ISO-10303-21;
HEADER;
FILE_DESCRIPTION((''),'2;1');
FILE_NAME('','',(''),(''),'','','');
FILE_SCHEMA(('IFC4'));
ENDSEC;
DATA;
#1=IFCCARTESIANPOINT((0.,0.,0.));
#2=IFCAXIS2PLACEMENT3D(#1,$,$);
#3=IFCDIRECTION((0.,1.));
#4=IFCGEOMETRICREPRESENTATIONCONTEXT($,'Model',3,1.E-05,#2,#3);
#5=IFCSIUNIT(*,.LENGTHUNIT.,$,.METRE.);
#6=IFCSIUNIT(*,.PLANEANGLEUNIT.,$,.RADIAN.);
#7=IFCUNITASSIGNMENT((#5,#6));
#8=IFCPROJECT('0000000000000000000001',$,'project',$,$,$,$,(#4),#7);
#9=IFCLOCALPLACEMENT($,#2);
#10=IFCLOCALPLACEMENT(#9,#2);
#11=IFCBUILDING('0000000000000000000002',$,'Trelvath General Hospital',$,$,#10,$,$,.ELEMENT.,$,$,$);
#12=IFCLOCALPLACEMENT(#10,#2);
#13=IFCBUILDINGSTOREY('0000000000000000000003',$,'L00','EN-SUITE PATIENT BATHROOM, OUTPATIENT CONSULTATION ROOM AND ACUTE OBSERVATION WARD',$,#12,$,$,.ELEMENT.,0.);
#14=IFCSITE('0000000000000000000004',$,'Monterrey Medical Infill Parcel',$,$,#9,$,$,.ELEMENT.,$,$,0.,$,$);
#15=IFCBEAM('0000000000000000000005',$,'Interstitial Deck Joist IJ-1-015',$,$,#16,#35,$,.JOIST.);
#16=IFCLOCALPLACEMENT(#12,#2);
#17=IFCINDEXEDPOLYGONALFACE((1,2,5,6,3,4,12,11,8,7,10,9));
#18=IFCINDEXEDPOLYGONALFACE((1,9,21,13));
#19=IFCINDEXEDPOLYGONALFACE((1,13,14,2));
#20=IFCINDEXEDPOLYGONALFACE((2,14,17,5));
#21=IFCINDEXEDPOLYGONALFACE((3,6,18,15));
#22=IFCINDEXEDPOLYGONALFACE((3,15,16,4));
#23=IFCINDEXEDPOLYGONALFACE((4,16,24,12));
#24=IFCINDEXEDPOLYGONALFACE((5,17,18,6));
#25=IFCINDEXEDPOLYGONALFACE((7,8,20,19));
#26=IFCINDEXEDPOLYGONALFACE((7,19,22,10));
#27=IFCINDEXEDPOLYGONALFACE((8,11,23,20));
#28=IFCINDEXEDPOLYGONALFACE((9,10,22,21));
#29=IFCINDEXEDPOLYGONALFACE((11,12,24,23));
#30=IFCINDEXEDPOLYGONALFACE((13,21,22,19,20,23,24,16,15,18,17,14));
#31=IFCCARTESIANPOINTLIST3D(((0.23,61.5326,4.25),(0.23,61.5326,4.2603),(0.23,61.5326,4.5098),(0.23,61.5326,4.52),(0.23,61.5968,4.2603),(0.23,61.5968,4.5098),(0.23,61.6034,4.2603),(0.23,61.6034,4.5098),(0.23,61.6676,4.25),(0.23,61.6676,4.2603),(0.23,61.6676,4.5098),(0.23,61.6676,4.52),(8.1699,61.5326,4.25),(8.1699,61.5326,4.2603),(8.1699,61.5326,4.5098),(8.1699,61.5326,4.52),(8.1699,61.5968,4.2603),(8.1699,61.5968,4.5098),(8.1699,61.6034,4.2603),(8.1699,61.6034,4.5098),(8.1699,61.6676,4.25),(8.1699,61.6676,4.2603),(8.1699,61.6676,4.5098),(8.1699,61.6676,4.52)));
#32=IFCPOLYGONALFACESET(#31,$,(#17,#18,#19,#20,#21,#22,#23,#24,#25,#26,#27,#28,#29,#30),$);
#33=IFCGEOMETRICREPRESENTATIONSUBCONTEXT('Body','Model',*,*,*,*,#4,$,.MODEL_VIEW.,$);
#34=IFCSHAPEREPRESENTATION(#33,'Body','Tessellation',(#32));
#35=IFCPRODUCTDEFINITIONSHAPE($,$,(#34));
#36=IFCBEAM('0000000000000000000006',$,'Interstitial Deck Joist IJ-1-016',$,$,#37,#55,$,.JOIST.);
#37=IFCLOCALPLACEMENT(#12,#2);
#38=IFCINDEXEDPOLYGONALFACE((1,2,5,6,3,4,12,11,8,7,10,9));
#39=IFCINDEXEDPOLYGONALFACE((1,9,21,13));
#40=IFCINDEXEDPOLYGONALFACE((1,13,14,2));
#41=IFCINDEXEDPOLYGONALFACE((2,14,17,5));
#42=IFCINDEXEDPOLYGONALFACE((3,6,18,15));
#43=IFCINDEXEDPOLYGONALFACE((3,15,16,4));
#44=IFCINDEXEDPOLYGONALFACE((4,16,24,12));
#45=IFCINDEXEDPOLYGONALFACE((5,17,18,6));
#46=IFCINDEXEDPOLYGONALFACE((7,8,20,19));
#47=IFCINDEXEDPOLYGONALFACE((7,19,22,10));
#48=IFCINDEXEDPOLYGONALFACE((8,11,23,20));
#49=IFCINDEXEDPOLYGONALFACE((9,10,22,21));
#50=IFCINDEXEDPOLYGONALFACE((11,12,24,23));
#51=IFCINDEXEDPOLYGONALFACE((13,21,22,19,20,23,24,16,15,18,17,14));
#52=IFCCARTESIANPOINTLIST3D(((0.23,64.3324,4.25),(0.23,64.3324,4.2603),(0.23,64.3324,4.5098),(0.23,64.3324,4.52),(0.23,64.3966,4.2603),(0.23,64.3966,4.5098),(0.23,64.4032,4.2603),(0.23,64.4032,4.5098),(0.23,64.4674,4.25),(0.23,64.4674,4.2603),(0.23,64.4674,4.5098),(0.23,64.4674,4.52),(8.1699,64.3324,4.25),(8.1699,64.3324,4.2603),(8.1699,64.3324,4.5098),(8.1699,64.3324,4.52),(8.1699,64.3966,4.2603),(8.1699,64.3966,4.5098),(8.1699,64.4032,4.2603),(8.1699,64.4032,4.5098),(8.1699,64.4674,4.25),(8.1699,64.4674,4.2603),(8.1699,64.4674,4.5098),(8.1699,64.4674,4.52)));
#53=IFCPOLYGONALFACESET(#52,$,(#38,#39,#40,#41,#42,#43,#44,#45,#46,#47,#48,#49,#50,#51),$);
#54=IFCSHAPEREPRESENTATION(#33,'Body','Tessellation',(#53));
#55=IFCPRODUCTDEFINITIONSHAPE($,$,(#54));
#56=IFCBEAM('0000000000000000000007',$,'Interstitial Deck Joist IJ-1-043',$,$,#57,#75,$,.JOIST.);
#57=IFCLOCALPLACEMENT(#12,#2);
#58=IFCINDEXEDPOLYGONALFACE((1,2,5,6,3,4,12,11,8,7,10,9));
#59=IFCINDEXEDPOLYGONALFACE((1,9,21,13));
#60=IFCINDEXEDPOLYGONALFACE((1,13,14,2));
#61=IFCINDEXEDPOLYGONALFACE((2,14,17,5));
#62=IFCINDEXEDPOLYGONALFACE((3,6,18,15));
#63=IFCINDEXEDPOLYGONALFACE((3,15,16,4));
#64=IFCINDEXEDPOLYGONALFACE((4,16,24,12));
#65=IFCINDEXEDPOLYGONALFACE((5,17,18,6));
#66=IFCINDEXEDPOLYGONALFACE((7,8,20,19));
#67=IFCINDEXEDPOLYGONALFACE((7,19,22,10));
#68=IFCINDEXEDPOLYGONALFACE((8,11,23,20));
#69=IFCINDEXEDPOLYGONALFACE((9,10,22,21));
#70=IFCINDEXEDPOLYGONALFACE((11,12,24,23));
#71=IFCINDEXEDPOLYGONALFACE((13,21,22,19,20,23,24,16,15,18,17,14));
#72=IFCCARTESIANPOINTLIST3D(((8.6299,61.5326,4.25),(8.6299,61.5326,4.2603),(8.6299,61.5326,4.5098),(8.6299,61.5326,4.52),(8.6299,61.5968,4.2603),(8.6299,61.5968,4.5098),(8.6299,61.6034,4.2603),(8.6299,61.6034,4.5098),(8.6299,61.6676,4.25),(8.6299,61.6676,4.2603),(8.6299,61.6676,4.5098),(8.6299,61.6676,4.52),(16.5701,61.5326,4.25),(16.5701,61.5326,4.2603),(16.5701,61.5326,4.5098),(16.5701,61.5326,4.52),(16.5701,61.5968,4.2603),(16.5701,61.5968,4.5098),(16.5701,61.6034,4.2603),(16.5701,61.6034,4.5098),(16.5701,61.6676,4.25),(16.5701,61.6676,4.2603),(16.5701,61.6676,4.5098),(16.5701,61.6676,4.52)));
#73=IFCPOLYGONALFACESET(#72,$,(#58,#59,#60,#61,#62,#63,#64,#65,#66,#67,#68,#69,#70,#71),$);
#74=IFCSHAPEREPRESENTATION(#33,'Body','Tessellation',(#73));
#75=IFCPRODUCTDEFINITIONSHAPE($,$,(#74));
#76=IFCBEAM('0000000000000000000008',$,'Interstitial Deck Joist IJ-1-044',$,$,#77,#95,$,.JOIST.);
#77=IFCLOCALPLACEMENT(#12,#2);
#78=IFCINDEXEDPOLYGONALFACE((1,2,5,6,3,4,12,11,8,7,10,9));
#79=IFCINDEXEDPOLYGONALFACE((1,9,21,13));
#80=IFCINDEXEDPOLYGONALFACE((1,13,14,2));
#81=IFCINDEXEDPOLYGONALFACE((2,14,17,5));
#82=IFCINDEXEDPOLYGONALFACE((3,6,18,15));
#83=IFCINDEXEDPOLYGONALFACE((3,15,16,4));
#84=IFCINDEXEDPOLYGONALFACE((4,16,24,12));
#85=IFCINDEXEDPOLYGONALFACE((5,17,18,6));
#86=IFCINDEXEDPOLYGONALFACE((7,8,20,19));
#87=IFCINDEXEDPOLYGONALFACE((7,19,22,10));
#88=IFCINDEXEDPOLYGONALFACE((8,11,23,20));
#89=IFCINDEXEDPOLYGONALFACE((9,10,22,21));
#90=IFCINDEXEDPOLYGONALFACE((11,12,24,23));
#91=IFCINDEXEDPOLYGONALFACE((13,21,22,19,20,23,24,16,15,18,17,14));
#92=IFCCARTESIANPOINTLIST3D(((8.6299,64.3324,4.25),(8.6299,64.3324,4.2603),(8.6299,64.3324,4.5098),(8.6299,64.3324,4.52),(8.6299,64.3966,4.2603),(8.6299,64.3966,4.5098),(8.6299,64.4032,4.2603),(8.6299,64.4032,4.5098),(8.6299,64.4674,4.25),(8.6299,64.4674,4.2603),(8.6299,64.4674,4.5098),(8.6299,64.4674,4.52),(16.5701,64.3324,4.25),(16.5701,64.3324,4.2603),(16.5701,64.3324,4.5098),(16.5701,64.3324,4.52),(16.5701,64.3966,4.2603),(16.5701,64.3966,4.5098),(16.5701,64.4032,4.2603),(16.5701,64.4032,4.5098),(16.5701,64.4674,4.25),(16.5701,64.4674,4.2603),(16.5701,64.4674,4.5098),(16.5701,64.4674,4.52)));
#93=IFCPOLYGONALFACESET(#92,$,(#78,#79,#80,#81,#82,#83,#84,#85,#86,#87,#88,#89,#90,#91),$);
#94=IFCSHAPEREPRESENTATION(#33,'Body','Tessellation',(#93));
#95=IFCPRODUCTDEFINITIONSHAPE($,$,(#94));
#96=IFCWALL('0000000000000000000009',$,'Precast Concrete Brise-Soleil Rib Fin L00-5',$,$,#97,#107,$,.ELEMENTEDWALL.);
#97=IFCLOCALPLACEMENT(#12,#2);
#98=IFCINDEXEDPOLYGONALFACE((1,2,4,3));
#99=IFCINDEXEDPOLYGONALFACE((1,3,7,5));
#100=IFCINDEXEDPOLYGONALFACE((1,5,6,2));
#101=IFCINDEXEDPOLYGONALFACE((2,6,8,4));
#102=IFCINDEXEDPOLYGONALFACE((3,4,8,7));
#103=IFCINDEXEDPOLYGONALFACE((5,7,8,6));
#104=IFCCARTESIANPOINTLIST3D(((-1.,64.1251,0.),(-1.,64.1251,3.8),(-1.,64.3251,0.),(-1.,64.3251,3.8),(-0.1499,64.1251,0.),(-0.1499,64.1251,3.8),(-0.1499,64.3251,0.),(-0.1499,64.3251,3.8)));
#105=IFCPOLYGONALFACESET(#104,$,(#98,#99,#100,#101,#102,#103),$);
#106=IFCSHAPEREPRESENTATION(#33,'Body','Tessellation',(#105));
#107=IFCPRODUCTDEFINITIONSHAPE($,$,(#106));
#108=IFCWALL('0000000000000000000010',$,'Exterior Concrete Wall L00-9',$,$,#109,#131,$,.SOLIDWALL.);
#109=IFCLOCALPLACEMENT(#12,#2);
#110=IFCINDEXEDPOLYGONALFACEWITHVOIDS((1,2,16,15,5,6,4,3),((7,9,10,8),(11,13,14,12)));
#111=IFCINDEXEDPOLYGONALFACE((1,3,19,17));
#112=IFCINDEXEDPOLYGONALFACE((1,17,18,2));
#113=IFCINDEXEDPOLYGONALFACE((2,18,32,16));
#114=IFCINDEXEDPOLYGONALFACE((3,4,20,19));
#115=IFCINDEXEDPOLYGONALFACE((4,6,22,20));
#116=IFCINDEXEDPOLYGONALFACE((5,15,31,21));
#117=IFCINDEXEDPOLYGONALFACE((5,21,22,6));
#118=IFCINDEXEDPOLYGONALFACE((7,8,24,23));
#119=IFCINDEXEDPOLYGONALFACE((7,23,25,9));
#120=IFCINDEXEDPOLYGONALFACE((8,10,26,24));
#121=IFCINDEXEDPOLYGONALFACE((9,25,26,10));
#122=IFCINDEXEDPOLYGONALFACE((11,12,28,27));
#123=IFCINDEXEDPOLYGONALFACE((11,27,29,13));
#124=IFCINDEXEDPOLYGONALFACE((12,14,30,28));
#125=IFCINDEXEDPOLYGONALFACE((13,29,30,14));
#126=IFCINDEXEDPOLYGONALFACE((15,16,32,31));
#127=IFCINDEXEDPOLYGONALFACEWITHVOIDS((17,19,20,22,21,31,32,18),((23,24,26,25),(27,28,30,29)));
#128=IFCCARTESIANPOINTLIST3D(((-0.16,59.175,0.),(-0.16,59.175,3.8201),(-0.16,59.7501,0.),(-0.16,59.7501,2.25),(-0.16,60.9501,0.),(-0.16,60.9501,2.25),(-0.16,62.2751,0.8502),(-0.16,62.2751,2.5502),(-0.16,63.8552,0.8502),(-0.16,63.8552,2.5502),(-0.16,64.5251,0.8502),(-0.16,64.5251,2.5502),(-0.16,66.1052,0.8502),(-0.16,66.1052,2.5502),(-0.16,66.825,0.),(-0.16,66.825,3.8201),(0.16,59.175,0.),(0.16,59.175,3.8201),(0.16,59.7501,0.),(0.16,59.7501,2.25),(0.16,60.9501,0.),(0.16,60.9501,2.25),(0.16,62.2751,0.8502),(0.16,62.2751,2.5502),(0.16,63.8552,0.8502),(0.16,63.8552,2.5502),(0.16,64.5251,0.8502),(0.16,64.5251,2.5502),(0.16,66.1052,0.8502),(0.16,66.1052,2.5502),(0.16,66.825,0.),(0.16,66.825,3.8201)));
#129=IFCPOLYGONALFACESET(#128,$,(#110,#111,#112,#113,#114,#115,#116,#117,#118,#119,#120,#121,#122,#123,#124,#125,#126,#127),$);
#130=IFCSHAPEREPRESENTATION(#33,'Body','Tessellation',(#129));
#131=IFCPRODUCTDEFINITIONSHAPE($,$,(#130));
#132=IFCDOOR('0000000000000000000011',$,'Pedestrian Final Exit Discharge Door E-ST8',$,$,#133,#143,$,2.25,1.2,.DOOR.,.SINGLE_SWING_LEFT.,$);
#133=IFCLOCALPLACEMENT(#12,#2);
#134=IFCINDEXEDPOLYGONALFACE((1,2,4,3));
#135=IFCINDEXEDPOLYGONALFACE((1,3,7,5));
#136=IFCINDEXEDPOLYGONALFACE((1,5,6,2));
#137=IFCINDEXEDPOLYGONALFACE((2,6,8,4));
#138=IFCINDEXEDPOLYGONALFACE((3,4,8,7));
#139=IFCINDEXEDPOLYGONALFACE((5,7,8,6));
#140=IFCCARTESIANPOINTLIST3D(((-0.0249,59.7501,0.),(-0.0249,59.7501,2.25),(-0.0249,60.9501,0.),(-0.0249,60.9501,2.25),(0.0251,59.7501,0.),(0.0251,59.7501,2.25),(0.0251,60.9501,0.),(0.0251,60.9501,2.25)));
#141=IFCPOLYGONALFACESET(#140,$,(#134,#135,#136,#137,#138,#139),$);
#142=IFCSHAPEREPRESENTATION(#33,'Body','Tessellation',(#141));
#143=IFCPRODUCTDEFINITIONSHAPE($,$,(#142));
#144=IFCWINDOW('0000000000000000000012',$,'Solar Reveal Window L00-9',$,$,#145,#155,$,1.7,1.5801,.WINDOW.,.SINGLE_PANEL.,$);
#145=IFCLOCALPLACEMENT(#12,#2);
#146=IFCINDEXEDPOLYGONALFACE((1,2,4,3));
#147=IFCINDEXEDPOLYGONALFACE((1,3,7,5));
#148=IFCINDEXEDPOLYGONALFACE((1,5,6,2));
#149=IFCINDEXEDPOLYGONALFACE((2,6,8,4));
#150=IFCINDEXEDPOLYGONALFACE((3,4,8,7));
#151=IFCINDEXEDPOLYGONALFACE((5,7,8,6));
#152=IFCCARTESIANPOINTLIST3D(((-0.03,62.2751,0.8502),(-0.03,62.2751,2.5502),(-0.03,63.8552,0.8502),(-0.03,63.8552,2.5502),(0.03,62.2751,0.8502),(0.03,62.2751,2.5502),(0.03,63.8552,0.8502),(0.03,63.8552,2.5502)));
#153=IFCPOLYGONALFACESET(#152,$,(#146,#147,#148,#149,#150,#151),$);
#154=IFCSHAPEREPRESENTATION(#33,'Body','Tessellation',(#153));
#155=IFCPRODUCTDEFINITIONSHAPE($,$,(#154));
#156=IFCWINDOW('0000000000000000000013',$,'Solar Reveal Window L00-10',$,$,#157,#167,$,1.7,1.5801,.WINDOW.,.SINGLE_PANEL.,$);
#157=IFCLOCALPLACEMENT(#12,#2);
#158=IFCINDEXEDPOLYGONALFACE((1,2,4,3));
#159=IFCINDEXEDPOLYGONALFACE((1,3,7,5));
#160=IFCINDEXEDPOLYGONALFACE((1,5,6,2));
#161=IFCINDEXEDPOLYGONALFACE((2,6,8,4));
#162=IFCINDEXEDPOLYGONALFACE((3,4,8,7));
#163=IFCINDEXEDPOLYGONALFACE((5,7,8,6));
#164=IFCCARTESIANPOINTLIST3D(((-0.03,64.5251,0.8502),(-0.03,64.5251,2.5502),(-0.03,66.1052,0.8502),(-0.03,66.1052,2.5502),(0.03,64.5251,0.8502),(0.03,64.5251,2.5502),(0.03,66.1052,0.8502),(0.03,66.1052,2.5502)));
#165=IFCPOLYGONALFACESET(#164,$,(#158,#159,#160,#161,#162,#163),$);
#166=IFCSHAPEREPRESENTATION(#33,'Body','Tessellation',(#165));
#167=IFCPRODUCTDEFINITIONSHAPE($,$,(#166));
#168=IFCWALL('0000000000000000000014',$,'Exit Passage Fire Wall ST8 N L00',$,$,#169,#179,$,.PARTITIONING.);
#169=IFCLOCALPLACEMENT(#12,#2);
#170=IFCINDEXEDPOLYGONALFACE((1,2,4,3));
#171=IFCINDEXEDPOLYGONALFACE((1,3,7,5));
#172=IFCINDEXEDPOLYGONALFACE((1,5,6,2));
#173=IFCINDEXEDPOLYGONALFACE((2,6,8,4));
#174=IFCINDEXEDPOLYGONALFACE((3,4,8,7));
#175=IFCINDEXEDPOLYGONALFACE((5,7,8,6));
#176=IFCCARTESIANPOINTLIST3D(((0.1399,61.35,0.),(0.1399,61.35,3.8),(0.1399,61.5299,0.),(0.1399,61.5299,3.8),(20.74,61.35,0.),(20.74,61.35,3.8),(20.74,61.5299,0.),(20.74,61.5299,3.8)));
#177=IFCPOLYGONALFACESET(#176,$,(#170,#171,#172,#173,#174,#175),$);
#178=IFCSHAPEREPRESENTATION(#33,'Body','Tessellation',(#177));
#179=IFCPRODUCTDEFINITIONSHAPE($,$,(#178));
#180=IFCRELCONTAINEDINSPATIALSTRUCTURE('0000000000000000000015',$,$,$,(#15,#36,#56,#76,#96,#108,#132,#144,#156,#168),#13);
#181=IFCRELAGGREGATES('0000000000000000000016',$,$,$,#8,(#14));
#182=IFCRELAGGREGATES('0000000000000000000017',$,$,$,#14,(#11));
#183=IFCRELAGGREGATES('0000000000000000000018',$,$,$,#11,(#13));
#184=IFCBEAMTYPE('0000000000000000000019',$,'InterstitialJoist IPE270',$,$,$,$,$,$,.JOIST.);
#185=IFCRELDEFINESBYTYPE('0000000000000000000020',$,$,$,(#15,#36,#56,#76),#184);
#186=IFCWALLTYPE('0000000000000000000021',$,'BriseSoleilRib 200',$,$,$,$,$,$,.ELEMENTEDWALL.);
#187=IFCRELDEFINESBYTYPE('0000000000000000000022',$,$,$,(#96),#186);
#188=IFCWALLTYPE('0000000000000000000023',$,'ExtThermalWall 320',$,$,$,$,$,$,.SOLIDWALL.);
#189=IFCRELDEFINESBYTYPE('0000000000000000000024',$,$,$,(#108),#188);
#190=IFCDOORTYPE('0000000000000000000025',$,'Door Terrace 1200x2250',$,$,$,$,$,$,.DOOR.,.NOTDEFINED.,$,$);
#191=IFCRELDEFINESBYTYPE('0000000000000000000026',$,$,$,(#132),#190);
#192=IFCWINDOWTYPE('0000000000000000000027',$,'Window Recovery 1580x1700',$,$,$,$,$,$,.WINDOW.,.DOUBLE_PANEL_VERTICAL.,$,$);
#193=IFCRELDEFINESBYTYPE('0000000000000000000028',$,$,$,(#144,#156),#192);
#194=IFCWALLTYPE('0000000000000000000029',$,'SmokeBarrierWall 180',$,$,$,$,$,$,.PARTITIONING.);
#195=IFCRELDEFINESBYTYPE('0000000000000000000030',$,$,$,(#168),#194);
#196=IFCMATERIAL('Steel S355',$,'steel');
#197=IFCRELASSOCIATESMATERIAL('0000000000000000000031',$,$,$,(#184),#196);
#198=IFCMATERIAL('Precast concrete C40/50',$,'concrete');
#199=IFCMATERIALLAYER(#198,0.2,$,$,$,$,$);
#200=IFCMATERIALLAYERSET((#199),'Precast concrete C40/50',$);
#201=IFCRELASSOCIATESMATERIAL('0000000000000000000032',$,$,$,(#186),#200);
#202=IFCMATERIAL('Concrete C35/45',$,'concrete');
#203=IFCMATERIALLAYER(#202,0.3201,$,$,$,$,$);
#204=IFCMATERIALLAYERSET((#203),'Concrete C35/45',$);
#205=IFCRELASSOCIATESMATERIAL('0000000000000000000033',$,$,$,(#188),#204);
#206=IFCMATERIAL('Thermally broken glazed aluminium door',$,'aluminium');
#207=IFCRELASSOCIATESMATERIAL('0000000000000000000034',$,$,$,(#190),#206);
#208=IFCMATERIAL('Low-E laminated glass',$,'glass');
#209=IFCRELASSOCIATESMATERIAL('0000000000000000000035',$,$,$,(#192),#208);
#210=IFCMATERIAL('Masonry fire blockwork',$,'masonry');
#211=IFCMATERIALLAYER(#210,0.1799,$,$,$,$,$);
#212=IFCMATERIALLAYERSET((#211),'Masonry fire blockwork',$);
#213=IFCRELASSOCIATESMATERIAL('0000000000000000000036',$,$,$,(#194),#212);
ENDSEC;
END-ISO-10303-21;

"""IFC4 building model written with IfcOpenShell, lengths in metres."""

from ifc_helpers import new_model, si_unit, direction, frame, frame_2d, origin, origin_2d, place, context, subcontext, project, spatial, rectangle, i_section, extrude, material, layer, layer_set, material_profile, profile_set, type_object, element, fill, save


model = new_model("IFC4")

# Units and contexts
model_context = context("Model", 3, precision=1e-05, world=origin(), true_north=direction((0.0, 1.0)))
body_context = subcontext(model_context, "Body", "Model", "MODEL_VIEW")
ifc_project = project(units=[si_unit("LENGTHUNIT", "METRE"), si_unit("PLANEANGLEUNIT", "RADIAN")], contexts=[model_context])

# Site, building, storey
site_placement = place(None, origin())
site = spatial("IfcSite", under=ifc_project, at=site_placement, Name="Monterrey Medical Infill Parcel", CompositionType="ELEMENT", RefElevation=0.0)
building_placement = place(site_placement, origin())
building = spatial("IfcBuilding", under=site, at=building_placement, Name="Trelvath General Hospital", CompositionType="ELEMENT")
storey_placement = place(building_placement, origin())
storey = spatial("IfcBuildingStorey", under=building, at=storey_placement, Name="L00", Description="EN-SUITE PATIENT BATHROOM, OUTPATIENT CONSULTATION ROOM AND ACUTE OBSERVATION WARD", CompositionType="ELEMENT", Elevation=0.0)

# Beams
ifc_material_1 = material(Name="Steel S355", Category="steel")
ifc_material_profile_1 = material_profile(ifc_material_1, i_section(OverallWidth=0.135, OverallDepth=0.27, WebThickness=0.0066, FlangeThickness=0.0103, at=origin_2d()), Name="IPE270")
ifc_profile_set_1 = profile_set([ifc_material_profile_1], Name="Steel S355")
beam_type_1 = type_object("IfcBeamType", Name="InterstitialJoist IPE270", PredefinedType="JOIST", material=ifc_profile_set_1)
for number, where, z_axis, x_axis, name in (
    (1, (0.23, 61.6001, 4.385), (1.0, 0.0, 0.0), (0.0, 1.0, 0.0), "Interstitial Deck Joist IJ-1-015"),
    (2, (0.23, 64.3999, 4.385), (1.0, 0.0, 0.0), (0.0, 1.0, 0.0), "Interstitial Deck Joist IJ-1-016"),
):
    element("IfcBeam", number, at=place(storey_placement, frame(where, z_axis=z_axis, x_axis=x_axis)), inside=storey, type_object=beam_type_1, Name=name, PredefinedType="JOIST", context=body_context, shape_type="SweptSolid", body=[
        extrude(i_section(OverallWidth=0.135, OverallDepth=0.27, WebThickness=0.0066, FlangeThickness=0.0103, at=origin_2d()), origin(), (0.0, 0.0, 1.0), 7.9399),
    ])
for number, where, z_axis, x_axis, name in (
    (3, (8.6299, 61.6001, 4.385), (1.0, 0.0, 0.0), (0.0, 1.0, 0.0), "Interstitial Deck Joist IJ-1-043"),
    (4, (8.6299, 64.3999, 4.385), (1.0, 0.0, 0.0), (0.0, 1.0, 0.0), "Interstitial Deck Joist IJ-1-044"),
):
    element("IfcBeam", number, at=place(storey_placement, frame(where, z_axis=z_axis, x_axis=x_axis)), inside=storey, type_object=beam_type_1, Name=name, PredefinedType="JOIST", context=body_context, shape_type="SweptSolid", body=[
        extrude(i_section(OverallWidth=0.135, OverallDepth=0.27, WebThickness=0.0066, FlangeThickness=0.0103, at=origin_2d()), origin(), (0.0, 0.0, 1.0), 7.9402),
    ])

# Wall
ifc_material_2 = material(Name="Precast concrete C40/50", Category="concrete")
ifc_layer_1 = layer(ifc_material_2, 0.2)
ifc_layer_set_1 = layer_set([ifc_layer_1], Name="Precast concrete C40/50")
wall_type_1 = type_object("IfcWallType", Name="BriseSoleilRib 200", PredefinedType="ELEMENTEDWALL", material=ifc_layer_set_1)
wall_1_placement = place(storey_placement, frame((-0.1499, 64.2251, 0.0), z_axis=(0.0, 0.0, 1.0), x_axis=(-1.0, 0.0, 0.0)))
element("IfcWall", 5, at=wall_1_placement, inside=storey, type_object=wall_type_1, Name="Precast Concrete Brise-Soleil Rib Fin L00-5", PredefinedType="ELEMENTEDWALL", context=body_context, shape_type="SweptSolid", body=[
    extrude(rectangle(XDim=0.8501, YDim=0.2, at=frame_2d((0.425, 0.0))), origin(), (0.0, 0.0, 1.0), 3.8),
])

# Wall, openings, door, windows
ifc_material_3 = material(Name="Concrete C35/45", Category="concrete")
ifc_layer_2 = layer(ifc_material_3, 0.3201)
ifc_layer_set_2 = layer_set([ifc_layer_2], Name="Concrete C35/45")
wall_type_2 = type_object("IfcWallType", Name="ExtThermalWall 320", PredefinedType="SOLIDWALL", material=ifc_layer_set_2)
wall_2_placement = place(storey_placement, frame((0.0, 59.175, 0.0), z_axis=(0.0, 0.0, 1.0), x_axis=(0.0, 1.0, 0.0)))
wall_2 = element("IfcWall", 6, at=wall_2_placement, inside=storey, type_object=wall_type_2, Name="Exterior Concrete Wall L00-9", PredefinedType="SOLIDWALL", context=body_context, shape_type="SweptSolid", body=[
    extrude(rectangle(XDim=7.6499, YDim=0.3201, at=frame_2d((3.825, 0.0))), origin(), (0.0, 0.0, 1.0), 3.8201),
])
opening_1_placement = place(wall_2_placement, frame((0.575, 0.0, 0.0)))
opening_1 = element("IfcOpeningElement", 7, at=opening_1_placement, cuts=wall_2, PredefinedType="OPENING", context=body_context, shape_type="SweptSolid", body=[
    extrude(rectangle(XDim=1.2, YDim=2.25, at=frame_2d((0.6001, 1.125))), frame((0.0, 0.1699, 0.0), z_axis=(0.0, -1.0, 0.0), x_axis=(1.0, 0.0, 0.0)), (0.0, 0.0, 1.0), 0.3401),
])
opening_2_placement = place(wall_2_placement, frame((3.1001, 0.0, 0.8501)))
opening_2 = element("IfcOpeningElement", 8, at=opening_2_placement, cuts=wall_2, PredefinedType="OPENING", context=body_context, shape_type="SweptSolid", body=[
    extrude(rectangle(XDim=1.5801, YDim=1.7, at=frame_2d((0.79, 0.8501))), frame((0.0, 0.1699, 0.0), z_axis=(0.0, -1.0, 0.0), x_axis=(1.0, 0.0, 0.0)), (0.0, 0.0, 1.0), 0.3401),
])
opening_3_placement = place(wall_2_placement, frame((5.3501, 0.0, 0.8501)))
opening_3 = element("IfcOpeningElement", 9, at=opening_3_placement, cuts=wall_2, PredefinedType="OPENING", context=body_context, shape_type="SweptSolid", body=[
    extrude(rectangle(XDim=1.5801, YDim=1.7, at=frame_2d((0.79, 0.8501))), frame((0.0, 0.1699, 0.0), z_axis=(0.0, -1.0, 0.0), x_axis=(1.0, 0.0, 0.0)), (0.0, 0.0, 1.0), 0.3401),
])
ifc_material_4 = material(Name="Thermally broken glazed aluminium door", Category="aluminium")
door_type = type_object("IfcDoorType", Name="Door Terrace 1200x2250", OperationType="NOTDEFINED", PredefinedType="DOOR", material=ifc_material_4)
door_placement = place(opening_1_placement, origin())
door = element("IfcDoor", 10, at=door_placement, inside=storey, type_object=door_type, Name="Pedestrian Final Exit Discharge Door E-ST8", OperationType="SINGLE_SWING_LEFT", OverallHeight=2.25, OverallWidth=1.2, PredefinedType="DOOR", context=body_context, shape_type="SweptSolid", body=[
    extrude(rectangle(XDim=1.2, YDim=2.25, at=frame_2d((0.6001, 1.125))), frame((0.0, 0.0249, 0.0), z_axis=(0.0, -1.0, 0.0), x_axis=(1.0, 0.0, 0.0)), (0.0, 0.0, 1.0), 0.05),
])
fill(opening_1, door)
ifc_material_5 = material(Name="Low-E laminated glass", Category="glass")
window_type = type_object("IfcWindowType", Name="Window Recovery 1580x1700", PartitioningType="DOUBLE_PANEL_VERTICAL", PredefinedType="WINDOW", material=ifc_material_5)
window_1_placement = place(opening_2_placement, origin())
window_1 = element("IfcWindow", 11, at=window_1_placement, inside=storey, type_object=window_type, Name="Solar Reveal Window L00-9", OverallHeight=1.7, OverallWidth=1.5801, PartitioningType="SINGLE_PANEL", PredefinedType="WINDOW", context=body_context, shape_type="SweptSolid", body=[
    extrude(rectangle(XDim=1.5801, YDim=1.7, at=frame_2d((0.79, 0.8501))), frame((0.0, 0.03, 0.0), z_axis=(0.0, -1.0, 0.0), x_axis=(1.0, 0.0, 0.0)), (0.0, 0.0, 1.0), 0.0601),
])
fill(opening_2, window_1)
window_2_placement = place(opening_3_placement, origin())
window_2 = element("IfcWindow", 12, at=window_2_placement, inside=storey, type_object=window_type, Name="Solar Reveal Window L00-10", OverallHeight=1.7, OverallWidth=1.5801, PartitioningType="SINGLE_PANEL", PredefinedType="WINDOW", context=body_context, shape_type="SweptSolid", body=[
    extrude(rectangle(XDim=1.5801, YDim=1.7, at=frame_2d((0.79, 0.8501))), frame((0.0, 0.03, 0.0), z_axis=(0.0, -1.0, 0.0), x_axis=(1.0, 0.0, 0.0)), (0.0, 0.0, 1.0), 0.0601),
])
fill(opening_3, window_2)

# Wall
ifc_material_6 = material(Name="Masonry fire blockwork", Category="masonry")
ifc_layer_3 = layer(ifc_material_6, 0.1799)
ifc_layer_set_3 = layer_set([ifc_layer_3], Name="Masonry fire blockwork")
wall_type_3 = type_object("IfcWallType", Name="SmokeBarrierWall 180", PredefinedType="PARTITIONING", material=ifc_layer_set_3)
wall_3_placement = place(storey_placement, frame((0.1399, 61.4399, 0.0), z_axis=(0.0, 0.0, 1.0), x_axis=(1.0, 0.0, 0.0)))
element("IfcWall", 13, at=wall_3_placement, inside=storey, type_object=wall_type_3, Name="Exit Passage Fire Wall ST8 N L00", PredefinedType="PARTITIONING", context=body_context, shape_type="SweptSolid", body=[
    extrude(rectangle(XDim=20.6001, YDim=0.1799, at=frame_2d((10.3, 0.0))), origin(), (0.0, 0.0, 1.0), 3.8),
])

save(model, "model.ifc")
